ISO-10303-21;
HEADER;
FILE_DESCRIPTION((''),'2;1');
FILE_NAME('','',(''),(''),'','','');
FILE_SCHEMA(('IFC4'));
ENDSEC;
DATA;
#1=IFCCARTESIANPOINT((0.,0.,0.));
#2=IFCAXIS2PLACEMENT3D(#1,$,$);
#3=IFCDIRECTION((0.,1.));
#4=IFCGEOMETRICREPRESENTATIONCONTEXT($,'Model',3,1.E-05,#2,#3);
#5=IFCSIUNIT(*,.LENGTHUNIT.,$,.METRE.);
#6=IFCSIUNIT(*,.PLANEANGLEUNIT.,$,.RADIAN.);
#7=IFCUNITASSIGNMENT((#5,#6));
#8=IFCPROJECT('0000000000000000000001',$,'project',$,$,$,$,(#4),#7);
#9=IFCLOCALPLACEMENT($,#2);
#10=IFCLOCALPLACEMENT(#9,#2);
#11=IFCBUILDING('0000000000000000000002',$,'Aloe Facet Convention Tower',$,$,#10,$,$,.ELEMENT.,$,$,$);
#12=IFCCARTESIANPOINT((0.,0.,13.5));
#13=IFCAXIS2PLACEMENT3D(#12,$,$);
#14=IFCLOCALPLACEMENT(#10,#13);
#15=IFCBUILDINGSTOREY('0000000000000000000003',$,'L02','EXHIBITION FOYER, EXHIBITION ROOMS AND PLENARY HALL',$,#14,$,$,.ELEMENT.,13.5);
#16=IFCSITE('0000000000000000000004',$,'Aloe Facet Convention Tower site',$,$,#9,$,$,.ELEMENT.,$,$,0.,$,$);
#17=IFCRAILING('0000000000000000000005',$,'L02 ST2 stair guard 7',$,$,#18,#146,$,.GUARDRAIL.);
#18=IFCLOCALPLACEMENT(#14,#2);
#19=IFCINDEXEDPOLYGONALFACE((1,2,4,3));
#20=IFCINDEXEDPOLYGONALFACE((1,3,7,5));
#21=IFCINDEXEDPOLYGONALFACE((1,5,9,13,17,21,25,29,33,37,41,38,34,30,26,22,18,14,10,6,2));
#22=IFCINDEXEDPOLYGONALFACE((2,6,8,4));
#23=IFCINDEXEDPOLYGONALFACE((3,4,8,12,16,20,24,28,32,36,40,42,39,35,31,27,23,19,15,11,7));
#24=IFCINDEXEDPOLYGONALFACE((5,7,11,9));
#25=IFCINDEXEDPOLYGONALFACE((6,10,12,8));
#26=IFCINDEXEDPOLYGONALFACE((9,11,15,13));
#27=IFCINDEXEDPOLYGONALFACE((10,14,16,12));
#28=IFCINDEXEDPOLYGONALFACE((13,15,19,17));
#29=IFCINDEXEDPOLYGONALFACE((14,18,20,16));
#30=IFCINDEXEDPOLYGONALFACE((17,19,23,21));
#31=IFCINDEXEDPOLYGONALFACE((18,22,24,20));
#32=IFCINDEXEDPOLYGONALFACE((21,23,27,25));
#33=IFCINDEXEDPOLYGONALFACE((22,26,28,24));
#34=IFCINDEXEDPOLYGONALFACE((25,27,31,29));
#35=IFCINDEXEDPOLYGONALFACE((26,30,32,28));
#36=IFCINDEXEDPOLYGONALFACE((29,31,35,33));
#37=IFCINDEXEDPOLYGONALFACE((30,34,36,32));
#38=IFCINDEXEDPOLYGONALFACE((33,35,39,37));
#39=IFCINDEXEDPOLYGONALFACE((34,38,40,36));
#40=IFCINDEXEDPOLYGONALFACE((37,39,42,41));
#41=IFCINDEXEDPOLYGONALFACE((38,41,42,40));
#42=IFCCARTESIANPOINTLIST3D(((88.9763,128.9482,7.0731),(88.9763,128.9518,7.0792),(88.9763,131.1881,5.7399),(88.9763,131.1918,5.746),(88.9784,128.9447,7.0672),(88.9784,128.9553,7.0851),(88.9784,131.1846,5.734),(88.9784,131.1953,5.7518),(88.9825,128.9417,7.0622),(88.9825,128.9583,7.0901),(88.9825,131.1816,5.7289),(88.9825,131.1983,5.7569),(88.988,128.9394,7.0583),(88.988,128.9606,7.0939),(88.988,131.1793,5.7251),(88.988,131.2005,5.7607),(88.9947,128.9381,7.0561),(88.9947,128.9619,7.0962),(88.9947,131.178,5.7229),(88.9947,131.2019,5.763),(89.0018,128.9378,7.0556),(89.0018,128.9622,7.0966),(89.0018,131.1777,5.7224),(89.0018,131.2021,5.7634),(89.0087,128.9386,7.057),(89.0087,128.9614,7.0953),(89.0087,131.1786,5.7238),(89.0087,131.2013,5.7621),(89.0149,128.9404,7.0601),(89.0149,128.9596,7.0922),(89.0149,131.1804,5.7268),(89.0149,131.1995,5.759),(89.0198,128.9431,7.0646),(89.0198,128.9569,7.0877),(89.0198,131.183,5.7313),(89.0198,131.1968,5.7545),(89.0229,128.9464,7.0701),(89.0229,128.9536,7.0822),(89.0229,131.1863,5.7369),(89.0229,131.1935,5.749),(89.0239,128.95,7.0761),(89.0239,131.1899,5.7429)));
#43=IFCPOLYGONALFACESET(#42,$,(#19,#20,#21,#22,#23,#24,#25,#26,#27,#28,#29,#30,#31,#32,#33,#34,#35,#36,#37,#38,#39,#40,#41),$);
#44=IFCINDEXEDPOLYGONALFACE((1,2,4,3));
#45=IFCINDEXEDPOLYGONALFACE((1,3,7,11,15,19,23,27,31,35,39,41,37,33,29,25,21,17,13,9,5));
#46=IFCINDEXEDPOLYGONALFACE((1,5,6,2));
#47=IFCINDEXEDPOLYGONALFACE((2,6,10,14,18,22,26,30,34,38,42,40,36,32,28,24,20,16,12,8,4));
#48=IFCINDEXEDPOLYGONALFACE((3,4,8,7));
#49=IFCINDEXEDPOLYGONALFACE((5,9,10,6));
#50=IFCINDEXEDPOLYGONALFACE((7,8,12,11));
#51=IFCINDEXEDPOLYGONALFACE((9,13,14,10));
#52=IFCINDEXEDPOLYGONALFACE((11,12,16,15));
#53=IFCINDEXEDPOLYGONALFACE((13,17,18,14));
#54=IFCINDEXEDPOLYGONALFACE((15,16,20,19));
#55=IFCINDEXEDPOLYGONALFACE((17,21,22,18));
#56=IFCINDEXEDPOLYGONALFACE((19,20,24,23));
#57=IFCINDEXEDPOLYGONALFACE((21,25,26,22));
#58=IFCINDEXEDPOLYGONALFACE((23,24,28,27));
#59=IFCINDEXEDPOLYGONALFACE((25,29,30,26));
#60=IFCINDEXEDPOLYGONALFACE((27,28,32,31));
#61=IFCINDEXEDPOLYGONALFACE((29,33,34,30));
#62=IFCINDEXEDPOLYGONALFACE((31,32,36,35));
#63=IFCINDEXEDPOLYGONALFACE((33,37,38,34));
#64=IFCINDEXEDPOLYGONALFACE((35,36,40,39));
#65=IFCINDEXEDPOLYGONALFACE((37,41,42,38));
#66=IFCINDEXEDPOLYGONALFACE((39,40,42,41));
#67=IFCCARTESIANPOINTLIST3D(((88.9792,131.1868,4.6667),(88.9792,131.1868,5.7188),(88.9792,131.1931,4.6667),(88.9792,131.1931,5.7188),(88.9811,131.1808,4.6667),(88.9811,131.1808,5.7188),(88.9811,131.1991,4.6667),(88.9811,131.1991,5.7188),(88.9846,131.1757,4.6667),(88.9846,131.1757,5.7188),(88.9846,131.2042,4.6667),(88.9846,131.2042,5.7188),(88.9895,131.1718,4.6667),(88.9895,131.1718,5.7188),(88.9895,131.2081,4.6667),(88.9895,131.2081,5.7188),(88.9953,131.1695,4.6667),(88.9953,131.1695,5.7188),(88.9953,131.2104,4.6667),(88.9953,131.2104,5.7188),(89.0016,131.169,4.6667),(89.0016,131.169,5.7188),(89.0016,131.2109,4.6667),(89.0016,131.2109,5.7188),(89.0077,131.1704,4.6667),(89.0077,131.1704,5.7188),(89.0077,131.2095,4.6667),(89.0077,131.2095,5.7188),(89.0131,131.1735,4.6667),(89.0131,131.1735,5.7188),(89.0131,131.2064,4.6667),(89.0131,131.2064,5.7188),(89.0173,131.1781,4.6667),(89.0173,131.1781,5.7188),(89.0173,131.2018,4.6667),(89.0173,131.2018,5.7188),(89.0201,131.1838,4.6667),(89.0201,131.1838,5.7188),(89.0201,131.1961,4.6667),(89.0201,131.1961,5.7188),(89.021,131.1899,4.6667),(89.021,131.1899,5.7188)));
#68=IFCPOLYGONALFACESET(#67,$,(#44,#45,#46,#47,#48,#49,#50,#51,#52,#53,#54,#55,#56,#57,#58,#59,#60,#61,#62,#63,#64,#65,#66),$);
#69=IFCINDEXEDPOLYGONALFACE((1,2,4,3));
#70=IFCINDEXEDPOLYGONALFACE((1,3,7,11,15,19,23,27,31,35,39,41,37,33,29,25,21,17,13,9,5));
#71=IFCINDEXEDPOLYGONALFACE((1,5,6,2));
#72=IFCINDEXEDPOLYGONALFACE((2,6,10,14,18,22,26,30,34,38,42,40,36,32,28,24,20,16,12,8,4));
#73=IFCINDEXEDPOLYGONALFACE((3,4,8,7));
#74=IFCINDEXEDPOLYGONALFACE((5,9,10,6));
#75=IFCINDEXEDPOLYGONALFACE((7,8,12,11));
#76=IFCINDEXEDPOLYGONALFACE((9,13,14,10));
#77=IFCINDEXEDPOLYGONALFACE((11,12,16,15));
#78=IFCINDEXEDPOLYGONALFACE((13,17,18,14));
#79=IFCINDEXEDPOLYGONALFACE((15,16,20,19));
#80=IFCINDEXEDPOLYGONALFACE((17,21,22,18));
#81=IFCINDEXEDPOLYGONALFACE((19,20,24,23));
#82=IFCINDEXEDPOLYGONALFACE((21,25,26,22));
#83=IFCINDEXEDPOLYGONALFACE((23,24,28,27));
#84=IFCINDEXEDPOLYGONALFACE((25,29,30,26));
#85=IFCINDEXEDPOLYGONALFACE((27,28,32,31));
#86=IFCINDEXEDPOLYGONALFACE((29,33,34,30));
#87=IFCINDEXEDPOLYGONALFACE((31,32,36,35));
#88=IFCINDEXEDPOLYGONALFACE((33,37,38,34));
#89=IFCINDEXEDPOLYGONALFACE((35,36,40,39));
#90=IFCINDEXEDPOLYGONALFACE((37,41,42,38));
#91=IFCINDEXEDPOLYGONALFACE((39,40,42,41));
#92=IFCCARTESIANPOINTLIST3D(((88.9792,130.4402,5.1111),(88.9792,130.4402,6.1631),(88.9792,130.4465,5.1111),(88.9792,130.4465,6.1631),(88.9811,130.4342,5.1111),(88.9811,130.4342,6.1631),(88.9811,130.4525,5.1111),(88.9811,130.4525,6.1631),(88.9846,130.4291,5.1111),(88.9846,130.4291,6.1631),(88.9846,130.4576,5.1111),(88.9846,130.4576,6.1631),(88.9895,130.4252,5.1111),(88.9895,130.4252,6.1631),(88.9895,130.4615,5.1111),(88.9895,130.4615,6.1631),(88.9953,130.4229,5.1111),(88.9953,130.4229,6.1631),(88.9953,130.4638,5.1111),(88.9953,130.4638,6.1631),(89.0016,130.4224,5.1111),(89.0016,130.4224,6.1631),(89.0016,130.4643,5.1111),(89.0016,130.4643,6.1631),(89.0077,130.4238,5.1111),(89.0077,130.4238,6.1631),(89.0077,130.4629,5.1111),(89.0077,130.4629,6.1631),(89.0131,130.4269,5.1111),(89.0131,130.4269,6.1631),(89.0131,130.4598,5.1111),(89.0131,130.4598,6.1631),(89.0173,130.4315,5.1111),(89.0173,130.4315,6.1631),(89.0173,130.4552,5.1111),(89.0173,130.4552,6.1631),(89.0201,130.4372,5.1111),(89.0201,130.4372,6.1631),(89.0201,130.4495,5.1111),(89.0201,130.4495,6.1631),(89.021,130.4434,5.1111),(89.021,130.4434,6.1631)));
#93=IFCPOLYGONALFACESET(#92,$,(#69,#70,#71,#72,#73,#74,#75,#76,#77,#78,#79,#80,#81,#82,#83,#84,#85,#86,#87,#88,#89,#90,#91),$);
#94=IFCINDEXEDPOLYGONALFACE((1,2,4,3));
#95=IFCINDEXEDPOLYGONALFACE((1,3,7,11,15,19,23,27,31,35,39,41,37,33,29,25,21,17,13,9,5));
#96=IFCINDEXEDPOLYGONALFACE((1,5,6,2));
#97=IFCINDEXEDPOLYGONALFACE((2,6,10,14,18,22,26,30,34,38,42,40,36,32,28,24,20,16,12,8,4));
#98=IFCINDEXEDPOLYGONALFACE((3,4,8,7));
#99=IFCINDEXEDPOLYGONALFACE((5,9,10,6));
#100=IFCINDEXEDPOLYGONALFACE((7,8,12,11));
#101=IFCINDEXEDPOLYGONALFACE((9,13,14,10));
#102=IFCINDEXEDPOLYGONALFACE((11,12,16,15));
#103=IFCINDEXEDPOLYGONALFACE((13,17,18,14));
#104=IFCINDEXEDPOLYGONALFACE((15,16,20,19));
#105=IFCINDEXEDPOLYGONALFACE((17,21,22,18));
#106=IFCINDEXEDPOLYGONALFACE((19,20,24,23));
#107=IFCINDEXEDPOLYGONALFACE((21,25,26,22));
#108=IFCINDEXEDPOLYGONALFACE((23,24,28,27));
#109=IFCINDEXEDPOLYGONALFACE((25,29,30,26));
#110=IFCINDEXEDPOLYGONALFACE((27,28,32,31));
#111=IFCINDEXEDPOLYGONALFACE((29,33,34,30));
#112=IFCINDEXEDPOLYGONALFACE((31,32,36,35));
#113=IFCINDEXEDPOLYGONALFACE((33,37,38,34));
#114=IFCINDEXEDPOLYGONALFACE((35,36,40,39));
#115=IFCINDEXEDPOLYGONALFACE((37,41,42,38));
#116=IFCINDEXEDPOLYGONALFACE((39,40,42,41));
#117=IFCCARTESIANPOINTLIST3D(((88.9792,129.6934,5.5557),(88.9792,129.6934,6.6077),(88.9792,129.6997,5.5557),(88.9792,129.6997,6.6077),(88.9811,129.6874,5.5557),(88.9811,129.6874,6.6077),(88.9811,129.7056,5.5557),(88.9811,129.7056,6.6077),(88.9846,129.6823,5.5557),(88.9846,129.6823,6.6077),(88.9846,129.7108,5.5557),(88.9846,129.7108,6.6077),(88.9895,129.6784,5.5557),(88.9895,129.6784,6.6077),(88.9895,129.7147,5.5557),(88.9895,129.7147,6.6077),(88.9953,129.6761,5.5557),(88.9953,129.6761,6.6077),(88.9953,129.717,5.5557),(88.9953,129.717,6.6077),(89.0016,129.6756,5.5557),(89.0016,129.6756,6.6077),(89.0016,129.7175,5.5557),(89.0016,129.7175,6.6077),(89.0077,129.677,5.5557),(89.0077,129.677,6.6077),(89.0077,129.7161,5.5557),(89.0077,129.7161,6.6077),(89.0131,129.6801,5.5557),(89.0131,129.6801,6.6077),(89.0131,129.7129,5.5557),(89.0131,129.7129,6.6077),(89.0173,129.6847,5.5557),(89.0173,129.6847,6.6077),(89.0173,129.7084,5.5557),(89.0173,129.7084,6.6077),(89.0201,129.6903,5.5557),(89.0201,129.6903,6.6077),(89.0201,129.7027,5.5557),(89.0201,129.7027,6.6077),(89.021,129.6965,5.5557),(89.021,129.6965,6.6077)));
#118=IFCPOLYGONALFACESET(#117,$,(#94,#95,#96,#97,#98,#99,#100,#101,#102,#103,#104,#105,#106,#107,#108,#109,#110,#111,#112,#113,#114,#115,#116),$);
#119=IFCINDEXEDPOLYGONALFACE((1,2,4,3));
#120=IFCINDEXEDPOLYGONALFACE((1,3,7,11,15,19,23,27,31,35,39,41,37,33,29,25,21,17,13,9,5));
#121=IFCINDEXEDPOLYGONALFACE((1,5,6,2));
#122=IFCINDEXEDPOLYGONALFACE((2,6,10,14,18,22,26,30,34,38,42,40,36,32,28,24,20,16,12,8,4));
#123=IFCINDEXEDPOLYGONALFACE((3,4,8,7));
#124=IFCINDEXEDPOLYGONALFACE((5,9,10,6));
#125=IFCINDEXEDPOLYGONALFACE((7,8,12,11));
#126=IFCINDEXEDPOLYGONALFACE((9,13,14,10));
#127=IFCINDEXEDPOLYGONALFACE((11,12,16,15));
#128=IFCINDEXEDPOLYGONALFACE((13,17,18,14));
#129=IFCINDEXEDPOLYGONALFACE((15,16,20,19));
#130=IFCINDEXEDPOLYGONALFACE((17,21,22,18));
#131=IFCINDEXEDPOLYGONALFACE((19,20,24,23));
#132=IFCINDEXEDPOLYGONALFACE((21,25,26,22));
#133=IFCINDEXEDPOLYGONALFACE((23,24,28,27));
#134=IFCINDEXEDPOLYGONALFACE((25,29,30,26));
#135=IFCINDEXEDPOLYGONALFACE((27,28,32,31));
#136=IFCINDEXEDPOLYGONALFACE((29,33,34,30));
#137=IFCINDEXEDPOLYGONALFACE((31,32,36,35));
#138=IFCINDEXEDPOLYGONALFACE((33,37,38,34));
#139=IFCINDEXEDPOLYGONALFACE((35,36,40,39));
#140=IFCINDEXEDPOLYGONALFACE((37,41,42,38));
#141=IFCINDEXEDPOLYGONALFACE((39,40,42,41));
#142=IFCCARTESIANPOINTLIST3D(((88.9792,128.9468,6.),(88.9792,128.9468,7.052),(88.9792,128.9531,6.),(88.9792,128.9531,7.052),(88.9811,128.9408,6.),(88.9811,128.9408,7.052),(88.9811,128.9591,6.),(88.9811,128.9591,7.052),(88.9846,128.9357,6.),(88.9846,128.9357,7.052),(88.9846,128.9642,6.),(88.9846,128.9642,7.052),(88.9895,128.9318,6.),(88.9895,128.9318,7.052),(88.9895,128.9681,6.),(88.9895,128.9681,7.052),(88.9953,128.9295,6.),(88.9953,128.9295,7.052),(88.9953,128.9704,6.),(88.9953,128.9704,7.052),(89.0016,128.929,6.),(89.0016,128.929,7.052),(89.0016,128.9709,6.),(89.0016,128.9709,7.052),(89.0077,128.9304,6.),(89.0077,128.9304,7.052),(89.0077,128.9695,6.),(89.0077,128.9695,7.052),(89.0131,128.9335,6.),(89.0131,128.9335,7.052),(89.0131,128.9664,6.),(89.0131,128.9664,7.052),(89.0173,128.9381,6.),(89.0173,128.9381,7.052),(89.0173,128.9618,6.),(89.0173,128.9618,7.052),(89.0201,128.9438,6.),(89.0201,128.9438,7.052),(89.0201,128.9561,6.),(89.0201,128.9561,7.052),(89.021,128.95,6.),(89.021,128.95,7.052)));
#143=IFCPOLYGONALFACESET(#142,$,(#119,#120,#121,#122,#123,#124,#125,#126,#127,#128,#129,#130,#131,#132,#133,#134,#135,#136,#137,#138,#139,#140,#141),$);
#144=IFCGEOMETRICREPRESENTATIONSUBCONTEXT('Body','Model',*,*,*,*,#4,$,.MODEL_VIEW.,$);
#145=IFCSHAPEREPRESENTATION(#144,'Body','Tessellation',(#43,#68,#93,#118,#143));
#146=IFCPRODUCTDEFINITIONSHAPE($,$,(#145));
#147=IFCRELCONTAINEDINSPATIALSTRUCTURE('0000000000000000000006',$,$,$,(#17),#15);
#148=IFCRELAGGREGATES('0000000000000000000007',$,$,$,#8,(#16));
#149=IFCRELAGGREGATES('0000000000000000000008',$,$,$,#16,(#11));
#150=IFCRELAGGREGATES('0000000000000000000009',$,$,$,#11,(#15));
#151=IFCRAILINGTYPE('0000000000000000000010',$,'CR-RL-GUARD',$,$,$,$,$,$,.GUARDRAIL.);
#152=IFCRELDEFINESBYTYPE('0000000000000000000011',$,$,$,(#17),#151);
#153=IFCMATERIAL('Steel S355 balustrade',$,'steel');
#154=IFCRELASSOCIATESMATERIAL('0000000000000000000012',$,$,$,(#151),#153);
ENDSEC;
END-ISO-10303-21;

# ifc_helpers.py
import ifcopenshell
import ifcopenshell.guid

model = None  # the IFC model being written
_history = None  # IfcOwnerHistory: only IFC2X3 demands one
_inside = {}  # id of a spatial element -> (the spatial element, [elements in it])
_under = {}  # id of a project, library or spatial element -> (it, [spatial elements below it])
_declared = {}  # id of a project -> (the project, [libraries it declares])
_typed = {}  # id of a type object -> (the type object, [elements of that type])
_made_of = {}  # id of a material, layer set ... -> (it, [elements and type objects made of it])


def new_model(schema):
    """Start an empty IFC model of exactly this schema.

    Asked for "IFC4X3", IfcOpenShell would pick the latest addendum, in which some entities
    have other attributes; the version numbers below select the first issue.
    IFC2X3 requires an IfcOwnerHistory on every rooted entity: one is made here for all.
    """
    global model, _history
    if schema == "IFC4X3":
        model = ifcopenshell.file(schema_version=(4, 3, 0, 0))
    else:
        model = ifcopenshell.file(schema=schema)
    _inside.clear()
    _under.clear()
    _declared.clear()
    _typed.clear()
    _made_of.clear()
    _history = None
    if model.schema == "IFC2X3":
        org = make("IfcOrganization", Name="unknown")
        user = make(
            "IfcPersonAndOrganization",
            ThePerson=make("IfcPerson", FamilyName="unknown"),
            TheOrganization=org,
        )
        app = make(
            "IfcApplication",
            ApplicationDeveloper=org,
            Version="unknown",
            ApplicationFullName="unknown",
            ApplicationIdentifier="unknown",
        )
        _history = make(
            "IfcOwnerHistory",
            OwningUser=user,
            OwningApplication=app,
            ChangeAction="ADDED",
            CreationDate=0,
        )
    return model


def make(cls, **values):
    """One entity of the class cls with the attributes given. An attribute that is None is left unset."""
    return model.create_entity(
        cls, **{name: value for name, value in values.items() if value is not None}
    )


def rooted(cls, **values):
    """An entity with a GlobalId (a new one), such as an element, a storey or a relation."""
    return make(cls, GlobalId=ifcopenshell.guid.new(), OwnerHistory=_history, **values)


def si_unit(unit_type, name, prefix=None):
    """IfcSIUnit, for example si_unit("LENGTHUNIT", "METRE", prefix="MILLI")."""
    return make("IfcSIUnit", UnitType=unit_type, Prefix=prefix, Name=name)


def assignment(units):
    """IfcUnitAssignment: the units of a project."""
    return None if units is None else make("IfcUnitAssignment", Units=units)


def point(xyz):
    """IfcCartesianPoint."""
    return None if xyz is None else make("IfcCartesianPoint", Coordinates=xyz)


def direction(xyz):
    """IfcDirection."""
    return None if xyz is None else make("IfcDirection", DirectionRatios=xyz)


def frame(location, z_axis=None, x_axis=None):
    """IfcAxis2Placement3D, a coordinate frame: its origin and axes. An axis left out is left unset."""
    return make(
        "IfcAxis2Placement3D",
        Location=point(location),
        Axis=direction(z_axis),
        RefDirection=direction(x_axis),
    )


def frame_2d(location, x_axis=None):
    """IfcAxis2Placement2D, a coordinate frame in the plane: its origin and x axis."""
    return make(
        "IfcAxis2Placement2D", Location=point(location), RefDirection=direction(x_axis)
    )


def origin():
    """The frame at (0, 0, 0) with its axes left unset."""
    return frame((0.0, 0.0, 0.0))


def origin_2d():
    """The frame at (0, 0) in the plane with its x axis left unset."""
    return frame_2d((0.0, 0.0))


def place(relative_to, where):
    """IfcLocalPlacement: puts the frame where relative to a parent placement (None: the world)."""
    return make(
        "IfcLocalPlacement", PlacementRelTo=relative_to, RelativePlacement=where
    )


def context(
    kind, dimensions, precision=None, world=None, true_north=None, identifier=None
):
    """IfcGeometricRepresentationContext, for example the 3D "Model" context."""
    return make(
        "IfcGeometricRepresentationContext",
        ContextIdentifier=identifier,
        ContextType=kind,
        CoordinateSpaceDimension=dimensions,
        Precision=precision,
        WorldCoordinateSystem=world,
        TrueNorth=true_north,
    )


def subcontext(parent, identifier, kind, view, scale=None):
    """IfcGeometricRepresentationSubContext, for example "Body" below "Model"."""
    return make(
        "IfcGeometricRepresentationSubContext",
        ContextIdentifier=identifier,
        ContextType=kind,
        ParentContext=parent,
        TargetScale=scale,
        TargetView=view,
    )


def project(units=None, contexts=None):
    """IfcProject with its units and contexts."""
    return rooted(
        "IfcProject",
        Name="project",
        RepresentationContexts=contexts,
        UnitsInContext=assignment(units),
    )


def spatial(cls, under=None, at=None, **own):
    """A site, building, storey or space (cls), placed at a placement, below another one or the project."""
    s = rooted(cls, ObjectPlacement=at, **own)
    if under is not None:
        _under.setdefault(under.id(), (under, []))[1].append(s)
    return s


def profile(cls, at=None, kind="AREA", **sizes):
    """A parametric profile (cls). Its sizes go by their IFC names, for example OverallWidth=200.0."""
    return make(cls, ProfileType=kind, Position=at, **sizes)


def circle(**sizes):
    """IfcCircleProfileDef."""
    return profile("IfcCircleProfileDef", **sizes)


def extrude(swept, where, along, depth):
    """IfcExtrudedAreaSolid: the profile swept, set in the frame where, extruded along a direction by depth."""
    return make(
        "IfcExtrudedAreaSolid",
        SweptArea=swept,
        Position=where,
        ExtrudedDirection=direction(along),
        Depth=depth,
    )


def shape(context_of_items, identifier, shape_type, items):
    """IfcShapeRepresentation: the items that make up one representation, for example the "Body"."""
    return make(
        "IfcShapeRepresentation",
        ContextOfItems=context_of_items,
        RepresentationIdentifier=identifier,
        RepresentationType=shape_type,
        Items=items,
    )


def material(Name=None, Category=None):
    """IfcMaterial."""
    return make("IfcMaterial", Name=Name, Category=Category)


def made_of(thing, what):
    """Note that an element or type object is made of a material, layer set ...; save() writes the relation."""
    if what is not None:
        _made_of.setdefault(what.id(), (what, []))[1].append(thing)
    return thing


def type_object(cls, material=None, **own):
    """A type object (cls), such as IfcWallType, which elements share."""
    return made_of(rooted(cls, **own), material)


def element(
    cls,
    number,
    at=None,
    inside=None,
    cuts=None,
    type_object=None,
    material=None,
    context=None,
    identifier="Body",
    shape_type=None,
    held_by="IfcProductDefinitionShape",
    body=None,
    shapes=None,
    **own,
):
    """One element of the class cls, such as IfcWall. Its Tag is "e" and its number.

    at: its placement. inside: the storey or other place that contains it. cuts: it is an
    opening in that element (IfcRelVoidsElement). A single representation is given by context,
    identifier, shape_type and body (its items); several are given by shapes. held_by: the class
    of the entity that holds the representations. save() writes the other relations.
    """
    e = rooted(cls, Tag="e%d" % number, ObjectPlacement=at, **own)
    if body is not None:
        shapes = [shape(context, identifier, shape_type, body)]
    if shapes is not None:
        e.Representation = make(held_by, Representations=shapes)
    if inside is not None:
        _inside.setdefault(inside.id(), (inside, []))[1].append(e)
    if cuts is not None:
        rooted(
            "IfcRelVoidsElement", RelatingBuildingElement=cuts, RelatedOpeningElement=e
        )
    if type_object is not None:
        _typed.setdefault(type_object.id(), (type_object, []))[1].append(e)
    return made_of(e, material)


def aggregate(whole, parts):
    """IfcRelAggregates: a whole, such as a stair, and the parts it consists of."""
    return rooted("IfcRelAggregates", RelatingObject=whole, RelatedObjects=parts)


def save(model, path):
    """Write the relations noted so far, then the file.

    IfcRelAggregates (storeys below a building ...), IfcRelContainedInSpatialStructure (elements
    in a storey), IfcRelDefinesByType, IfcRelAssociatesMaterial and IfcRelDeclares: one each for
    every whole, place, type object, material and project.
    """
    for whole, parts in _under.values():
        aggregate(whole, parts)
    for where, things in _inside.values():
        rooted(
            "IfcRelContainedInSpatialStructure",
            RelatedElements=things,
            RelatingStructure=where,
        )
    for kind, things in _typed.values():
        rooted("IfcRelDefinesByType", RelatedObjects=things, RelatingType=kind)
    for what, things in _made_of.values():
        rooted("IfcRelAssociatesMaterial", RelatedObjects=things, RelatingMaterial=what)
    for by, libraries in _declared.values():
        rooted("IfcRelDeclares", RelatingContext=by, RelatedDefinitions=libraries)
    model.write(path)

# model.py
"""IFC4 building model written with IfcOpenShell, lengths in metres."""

from ifc_helpers import new_model, si_unit, direction, frame, origin, origin_2d, place, context, subcontext, project, spatial, circle, extrude, material, type_object, element, save


model = new_model("IFC4")

# Units and contexts
model_context = context("Model", 3, precision=1e-05, world=origin(), true_north=direction((0.0, 1.0)))
body_context = subcontext(model_context, "Body", "Model", "MODEL_VIEW")
ifc_project = project(units=[si_unit("LENGTHUNIT", "METRE"), si_unit("PLANEANGLEUNIT", "RADIAN")], contexts=[model_context])

# Site, building, storey
site_placement = place(None, origin())
site = spatial("IfcSite", under=ifc_project, at=site_placement, Name="Aloe Facet Convention Tower site", CompositionType="ELEMENT", RefElevation=0.0)
building_placement = place(site_placement, origin())
building = spatial("IfcBuilding", under=site, at=building_placement, Name="Aloe Facet Convention Tower", CompositionType="ELEMENT")
storey_placement = place(building_placement, frame((0.0, 0.0, 13.5)))
storey = spatial("IfcBuildingStorey", under=building, at=storey_placement, Name="L02", Description="EXHIBITION FOYER, EXHIBITION ROOMS AND PLENARY HALL", CompositionType="ELEMENT", Elevation=13.5)

# Railing
ifc_material_1 = material(Name="Steel S355 balustrade", Category="steel")
railing_type_1 = type_object("IfcRailingType", Name="CR-RL-GUARD", PredefinedType="GUARDRAIL", material=ifc_material_1)
railing_1_placement = place(storey_placement, frame((89.0, 131.1899, 4.6667)))
element("IfcRailing", 1, at=railing_1_placement, inside=storey, type_object=railing_type_1, Name="L02 ST2 stair guard 7", PredefinedType="GUARDRAIL", context=body_context, shape_type="SweptSolid", body=[
    extrude(circle(Radius=0.0239, at=origin_2d()), frame((0.0, 0.0, 1.0762), z_axis=(0.0, -0.859306, 0.511462), x_axis=(1.0, 0.0, 0.0)), (0.0, 0.0, 1.0), 2.6067),
    extrude(circle(Radius=0.021, at=origin_2d()), origin(), (0.0, 0.0, 1.0), 1.052),
    extrude(circle(Radius=0.021, at=origin_2d()), frame((0.0, -0.7466, 0.4443)), (0.0, 0.0, 1.0), 1.052),
    extrude(circle(Radius=0.021, at=origin_2d()), frame((0.0, -1.4934, 0.8889)), (0.0, 0.0, 1.0), 1.052),
    extrude(circle(Radius=0.021, at=origin_2d()), frame((0.0, -2.24, 1.3333)), (0.0, 0.0, 1.0), 1.052),
])

save(model, "model.ifc")
